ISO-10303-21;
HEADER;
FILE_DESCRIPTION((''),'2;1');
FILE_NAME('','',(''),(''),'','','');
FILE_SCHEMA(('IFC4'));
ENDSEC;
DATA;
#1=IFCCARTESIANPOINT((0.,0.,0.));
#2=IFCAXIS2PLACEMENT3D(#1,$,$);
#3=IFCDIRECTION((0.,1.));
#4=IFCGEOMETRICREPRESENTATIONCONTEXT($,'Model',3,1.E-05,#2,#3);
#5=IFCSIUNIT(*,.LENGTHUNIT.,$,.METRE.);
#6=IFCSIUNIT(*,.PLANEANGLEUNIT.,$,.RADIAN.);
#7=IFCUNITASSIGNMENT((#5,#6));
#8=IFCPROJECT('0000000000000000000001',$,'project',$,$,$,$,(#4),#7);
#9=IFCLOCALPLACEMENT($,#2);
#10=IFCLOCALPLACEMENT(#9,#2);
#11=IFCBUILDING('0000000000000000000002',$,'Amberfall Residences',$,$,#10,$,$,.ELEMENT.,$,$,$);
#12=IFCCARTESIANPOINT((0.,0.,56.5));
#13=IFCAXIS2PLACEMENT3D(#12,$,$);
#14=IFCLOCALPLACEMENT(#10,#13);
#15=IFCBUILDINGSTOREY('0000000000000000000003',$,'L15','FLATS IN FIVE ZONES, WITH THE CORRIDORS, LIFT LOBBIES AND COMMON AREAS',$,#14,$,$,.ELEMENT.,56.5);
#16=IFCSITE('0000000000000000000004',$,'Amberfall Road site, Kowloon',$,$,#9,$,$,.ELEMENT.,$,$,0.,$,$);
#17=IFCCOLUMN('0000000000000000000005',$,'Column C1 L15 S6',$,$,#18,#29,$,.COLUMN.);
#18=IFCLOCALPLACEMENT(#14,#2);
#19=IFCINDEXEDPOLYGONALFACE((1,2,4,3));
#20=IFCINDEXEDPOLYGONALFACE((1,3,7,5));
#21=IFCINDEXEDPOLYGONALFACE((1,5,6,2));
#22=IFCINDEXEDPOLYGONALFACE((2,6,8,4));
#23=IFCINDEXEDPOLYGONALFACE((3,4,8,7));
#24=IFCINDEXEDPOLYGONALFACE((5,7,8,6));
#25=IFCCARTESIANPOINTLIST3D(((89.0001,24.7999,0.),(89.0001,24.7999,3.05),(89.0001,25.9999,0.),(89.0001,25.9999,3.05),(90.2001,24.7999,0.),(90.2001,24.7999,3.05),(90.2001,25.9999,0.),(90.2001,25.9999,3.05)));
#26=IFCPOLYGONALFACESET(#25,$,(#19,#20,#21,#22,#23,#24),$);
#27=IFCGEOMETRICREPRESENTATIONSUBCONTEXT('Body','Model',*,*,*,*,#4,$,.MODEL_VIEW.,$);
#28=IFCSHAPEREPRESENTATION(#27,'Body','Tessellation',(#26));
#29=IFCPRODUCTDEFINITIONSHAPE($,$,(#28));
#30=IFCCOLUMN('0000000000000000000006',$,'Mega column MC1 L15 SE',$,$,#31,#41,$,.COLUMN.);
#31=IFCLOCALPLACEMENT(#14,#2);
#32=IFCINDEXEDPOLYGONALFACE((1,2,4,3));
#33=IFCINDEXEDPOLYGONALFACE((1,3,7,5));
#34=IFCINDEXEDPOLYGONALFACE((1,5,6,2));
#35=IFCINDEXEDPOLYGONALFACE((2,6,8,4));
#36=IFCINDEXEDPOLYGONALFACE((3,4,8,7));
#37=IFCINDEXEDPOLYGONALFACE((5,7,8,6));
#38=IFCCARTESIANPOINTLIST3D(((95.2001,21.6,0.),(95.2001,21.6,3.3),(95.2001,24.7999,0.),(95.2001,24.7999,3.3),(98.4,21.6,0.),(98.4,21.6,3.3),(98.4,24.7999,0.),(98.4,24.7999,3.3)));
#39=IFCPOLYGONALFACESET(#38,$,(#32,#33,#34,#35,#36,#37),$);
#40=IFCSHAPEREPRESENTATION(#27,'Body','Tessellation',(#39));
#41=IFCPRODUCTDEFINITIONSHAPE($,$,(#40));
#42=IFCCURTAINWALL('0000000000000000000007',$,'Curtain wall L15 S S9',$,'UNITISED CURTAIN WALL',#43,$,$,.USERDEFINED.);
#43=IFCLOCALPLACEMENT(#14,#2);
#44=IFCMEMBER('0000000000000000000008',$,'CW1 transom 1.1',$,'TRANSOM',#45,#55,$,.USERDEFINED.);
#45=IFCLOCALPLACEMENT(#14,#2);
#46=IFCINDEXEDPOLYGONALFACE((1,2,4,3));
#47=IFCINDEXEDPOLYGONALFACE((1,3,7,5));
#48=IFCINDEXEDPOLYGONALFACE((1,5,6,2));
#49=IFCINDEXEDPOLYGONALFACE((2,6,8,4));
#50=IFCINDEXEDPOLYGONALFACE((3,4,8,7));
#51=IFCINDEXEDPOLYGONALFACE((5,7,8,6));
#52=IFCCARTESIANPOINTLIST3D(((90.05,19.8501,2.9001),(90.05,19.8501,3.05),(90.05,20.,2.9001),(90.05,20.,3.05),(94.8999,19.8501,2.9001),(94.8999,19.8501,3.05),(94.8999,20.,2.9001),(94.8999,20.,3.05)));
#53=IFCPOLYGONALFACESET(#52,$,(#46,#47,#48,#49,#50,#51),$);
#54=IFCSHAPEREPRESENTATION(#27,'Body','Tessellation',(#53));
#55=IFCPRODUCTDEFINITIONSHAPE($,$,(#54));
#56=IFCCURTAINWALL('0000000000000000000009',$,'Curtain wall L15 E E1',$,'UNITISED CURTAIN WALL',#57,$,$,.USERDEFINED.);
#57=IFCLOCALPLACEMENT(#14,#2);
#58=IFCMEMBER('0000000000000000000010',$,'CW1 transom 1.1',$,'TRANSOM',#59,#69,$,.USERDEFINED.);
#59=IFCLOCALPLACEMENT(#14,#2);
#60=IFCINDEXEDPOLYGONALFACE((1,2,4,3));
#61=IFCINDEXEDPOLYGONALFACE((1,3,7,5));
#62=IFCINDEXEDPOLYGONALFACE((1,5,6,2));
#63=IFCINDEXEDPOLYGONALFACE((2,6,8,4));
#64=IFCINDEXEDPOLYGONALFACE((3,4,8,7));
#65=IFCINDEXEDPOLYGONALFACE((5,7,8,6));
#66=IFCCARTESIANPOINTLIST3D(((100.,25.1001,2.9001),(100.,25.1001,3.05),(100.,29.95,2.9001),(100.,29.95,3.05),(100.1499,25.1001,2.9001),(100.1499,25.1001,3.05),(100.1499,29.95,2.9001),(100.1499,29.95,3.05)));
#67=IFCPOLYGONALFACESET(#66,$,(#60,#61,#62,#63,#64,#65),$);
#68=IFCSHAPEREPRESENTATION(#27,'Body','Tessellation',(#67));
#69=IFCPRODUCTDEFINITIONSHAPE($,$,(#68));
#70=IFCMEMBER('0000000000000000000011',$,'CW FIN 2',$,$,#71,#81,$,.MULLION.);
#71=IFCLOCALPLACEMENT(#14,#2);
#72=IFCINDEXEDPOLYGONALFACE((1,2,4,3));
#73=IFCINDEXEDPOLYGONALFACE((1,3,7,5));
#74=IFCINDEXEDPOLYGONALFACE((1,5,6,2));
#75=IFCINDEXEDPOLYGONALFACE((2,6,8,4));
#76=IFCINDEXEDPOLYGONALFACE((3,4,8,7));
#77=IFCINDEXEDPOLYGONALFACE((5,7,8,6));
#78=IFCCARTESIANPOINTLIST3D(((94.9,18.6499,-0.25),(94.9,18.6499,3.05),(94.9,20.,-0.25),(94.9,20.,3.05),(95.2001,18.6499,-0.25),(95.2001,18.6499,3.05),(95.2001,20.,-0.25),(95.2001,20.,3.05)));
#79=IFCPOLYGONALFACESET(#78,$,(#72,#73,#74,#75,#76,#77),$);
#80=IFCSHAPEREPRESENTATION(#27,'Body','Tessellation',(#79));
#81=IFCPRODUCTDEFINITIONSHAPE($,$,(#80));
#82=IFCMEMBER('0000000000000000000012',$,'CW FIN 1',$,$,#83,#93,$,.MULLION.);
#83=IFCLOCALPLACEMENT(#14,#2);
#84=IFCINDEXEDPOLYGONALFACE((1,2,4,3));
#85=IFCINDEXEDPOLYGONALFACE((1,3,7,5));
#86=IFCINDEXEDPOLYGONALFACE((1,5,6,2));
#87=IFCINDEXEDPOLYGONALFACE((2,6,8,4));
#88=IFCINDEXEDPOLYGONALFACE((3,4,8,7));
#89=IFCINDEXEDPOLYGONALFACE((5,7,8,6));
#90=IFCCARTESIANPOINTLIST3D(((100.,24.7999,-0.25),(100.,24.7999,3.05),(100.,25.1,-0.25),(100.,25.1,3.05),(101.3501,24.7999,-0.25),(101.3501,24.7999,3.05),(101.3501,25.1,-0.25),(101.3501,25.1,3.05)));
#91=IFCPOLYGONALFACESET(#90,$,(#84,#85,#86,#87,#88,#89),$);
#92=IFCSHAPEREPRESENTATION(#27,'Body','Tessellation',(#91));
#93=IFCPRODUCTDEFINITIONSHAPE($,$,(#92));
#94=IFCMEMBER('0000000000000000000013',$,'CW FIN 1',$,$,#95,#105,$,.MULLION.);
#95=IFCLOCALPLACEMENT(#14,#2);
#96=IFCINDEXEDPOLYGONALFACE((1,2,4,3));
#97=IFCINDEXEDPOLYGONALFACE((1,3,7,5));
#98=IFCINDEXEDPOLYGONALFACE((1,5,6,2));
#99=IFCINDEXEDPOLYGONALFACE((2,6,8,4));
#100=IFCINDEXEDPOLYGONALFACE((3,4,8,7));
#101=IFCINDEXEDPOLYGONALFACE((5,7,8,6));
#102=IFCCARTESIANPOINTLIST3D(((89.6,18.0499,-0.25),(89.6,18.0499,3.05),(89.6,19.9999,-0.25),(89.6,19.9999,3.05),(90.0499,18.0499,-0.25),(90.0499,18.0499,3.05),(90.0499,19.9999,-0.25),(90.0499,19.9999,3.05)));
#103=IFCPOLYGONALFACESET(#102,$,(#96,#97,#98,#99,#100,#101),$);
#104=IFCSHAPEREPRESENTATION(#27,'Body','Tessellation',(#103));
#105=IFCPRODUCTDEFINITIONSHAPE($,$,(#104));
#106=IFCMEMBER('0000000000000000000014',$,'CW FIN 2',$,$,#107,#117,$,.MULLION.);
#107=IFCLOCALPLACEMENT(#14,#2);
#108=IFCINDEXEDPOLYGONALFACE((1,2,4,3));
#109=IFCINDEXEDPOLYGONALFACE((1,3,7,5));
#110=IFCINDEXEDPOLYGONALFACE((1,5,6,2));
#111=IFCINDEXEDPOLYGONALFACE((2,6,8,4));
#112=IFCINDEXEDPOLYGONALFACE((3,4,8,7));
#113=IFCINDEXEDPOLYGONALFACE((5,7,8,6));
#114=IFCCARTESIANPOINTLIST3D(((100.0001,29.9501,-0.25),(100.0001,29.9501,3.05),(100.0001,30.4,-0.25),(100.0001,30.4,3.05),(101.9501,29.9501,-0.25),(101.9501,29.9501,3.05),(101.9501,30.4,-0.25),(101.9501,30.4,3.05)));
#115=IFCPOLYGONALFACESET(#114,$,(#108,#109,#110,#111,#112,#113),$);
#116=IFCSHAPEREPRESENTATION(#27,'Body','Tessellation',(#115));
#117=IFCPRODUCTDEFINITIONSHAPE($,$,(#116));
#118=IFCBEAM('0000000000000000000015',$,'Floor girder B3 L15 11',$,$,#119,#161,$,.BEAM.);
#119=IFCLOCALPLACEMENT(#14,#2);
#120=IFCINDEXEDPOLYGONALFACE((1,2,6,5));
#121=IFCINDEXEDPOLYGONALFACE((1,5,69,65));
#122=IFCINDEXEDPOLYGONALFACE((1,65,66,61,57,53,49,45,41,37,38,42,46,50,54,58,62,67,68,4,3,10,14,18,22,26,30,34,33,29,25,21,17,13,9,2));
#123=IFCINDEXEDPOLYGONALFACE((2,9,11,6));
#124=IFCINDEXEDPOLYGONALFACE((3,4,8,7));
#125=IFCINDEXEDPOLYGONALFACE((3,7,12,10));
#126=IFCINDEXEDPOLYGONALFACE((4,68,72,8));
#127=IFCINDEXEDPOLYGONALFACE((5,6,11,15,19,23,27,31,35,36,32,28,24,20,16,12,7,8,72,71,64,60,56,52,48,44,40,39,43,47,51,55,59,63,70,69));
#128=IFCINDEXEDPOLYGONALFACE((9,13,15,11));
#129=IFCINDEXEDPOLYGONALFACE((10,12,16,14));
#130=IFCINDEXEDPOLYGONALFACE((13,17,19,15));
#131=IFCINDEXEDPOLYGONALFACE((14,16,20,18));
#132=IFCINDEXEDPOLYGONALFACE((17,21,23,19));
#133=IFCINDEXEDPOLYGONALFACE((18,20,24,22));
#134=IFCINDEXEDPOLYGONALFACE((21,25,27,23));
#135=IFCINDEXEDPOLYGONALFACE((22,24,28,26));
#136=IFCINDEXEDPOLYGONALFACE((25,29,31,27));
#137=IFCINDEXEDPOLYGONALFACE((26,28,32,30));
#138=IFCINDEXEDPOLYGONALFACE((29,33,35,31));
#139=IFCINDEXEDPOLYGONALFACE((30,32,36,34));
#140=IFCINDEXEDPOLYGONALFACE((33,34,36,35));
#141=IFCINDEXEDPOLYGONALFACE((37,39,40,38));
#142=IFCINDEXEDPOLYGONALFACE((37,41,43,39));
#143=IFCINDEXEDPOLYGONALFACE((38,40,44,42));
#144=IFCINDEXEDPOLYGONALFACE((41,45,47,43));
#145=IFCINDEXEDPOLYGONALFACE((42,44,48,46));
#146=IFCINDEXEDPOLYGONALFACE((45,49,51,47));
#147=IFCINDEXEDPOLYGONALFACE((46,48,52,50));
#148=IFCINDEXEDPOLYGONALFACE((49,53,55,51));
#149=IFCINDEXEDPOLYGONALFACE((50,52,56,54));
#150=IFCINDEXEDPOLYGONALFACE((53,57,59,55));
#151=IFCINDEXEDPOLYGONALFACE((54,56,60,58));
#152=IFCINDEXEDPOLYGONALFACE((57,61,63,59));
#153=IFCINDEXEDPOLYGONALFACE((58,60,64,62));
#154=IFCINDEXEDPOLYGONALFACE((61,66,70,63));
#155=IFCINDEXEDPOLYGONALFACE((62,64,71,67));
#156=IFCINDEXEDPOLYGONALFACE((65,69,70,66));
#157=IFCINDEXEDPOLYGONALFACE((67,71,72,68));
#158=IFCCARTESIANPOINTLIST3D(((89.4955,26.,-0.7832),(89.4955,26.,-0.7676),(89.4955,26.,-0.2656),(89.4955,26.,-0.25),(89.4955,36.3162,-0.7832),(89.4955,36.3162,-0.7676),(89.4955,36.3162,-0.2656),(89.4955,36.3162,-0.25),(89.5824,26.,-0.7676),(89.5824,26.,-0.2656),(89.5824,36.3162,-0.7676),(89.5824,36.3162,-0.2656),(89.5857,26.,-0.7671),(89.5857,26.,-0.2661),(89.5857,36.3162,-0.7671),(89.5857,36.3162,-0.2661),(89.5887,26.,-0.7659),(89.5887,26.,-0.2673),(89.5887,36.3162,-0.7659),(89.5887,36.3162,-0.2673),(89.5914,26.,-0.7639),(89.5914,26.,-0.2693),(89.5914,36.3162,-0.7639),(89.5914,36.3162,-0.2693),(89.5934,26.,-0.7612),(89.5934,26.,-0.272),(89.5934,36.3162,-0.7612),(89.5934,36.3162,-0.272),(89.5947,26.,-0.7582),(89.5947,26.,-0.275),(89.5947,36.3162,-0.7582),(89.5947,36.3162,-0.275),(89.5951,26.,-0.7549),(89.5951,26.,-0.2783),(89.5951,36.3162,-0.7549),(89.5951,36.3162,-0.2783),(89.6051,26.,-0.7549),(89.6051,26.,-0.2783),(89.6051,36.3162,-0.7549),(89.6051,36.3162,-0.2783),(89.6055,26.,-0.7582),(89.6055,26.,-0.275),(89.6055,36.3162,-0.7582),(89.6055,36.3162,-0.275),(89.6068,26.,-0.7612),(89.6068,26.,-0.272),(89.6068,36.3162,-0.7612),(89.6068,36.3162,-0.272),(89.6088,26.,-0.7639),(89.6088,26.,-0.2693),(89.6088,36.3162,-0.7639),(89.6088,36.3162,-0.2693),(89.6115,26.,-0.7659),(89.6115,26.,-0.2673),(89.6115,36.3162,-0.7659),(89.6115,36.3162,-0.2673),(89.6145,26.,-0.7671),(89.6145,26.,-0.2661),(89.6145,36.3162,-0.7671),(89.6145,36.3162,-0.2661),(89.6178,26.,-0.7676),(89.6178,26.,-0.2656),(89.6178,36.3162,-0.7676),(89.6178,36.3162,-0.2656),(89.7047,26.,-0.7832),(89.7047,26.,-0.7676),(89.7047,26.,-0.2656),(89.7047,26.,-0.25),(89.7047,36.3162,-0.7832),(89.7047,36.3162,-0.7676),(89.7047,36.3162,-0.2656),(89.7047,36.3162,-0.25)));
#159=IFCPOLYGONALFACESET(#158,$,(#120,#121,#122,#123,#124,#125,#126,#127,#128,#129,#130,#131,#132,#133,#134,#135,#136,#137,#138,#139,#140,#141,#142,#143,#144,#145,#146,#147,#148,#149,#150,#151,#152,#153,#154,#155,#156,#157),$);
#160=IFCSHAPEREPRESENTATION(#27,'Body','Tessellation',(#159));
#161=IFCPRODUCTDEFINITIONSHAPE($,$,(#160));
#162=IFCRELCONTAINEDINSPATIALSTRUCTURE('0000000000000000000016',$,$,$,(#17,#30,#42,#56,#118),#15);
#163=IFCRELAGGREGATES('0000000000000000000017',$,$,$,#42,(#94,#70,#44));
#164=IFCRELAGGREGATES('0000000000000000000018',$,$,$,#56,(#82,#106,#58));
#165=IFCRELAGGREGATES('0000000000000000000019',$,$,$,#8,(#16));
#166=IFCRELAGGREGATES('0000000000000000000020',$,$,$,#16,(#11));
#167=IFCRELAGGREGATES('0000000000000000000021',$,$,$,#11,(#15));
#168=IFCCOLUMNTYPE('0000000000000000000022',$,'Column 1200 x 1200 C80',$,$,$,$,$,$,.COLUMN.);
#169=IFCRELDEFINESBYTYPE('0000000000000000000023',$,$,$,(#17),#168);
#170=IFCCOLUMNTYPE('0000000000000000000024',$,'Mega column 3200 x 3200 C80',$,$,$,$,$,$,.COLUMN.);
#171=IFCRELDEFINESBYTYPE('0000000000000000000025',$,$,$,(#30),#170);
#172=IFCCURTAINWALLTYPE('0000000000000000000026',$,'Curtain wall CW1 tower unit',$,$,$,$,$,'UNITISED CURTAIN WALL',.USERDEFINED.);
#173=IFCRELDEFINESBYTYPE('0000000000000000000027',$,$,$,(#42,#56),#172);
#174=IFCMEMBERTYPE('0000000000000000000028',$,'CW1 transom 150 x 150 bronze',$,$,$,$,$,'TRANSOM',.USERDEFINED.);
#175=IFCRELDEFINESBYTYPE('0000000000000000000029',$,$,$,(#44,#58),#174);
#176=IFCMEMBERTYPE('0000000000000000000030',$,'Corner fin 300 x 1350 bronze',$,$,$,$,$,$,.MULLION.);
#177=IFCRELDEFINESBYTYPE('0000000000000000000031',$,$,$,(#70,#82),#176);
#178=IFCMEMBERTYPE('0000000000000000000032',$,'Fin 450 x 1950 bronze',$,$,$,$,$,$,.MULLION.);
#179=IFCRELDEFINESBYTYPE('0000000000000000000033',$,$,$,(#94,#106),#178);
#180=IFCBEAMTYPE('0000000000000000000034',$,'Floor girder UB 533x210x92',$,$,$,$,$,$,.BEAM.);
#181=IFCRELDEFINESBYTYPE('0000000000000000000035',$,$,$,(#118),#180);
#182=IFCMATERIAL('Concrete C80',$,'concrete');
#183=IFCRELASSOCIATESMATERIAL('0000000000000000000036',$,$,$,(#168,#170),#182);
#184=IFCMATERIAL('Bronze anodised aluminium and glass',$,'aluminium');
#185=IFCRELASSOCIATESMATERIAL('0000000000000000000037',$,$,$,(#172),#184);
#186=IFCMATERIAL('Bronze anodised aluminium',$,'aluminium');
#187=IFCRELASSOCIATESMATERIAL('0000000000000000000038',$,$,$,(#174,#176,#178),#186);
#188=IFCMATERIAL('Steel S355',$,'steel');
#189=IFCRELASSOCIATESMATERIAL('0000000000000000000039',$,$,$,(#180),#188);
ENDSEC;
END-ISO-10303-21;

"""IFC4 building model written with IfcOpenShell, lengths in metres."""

from ifc_helpers import new_model, si_unit, direction, frame, origin, origin_2d, place, context, subcontext, project, spatial, rectangle, i_section, extrude, material, material_profile, profile_set, type_object, element, aggregate, save


model = new_model("IFC4")

# Units and contexts
model_context = context("Model", 3, precision=1e-05, world=origin(), true_north=direction((0.0, 1.0)))
body_context = subcontext(model_context, "Body", "Model", "MODEL_VIEW")
ifc_project = project(units=[si_unit("LENGTHUNIT", "METRE"), si_unit("PLANEANGLEUNIT", "RADIAN")], contexts=[model_context])

# Site, building, storey
site_placement = place(None, origin())
site = spatial("IfcSite", under=ifc_project, at=site_placement, Name="Amberfall Road site, Kowloon", CompositionType="ELEMENT", RefElevation=0.0)
building_placement = place(site_placement, origin())
building = spatial("IfcBuilding", under=site, at=building_placement, Name="Amberfall Residences", CompositionType="ELEMENT")
storey_placement = place(building_placement, frame((0.0, 0.0, 56.5)))
storey = spatial("IfcBuildingStorey", under=building, at=storey_placement, Name="L15", Description="FLATS IN FIVE ZONES, WITH THE CORRIDORS, LIFT LOBBIES AND COMMON AREAS", CompositionType="ELEMENT", Elevation=56.5)

# Columns
ifc_material_1 = material(Name="Concrete C80", Category="concrete")
ifc_material_profile_1 = material_profile(ifc_material_1, rectangle(XDim=1.2, YDim=1.2, at=origin_2d()), Name="Column 1200 x 1200 C80")
ifc_profile_set_1 = profile_set([ifc_material_profile_1], Name="Concrete C80")
column_type_1 = type_object("IfcColumnType", Name="Column 1200 x 1200 C80", PredefinedType="COLUMN", material=ifc_profile_set_1)
column_1_placement = place(storey_placement, frame((89.6001, 25.3999, 0.0), z_axis=(0.0, 0.0, 1.0), x_axis=(1.0, 0.0, 0.0)))
element("IfcColumn", 1, at=column_1_placement, inside=storey, type_object=column_type_1, Name="Column C1 L15 S6", PredefinedType="COLUMN", context=body_context, shape_type="SweptSolid", body=[
    extrude(rectangle(XDim=1.2, YDim=1.2, at=origin_2d()), origin(), (0.0, 0.0, 1.0), 3.05),
])
ifc_material_profile_2 = material_profile(ifc_material_1, rectangle(XDim=3.2, YDim=3.2, at=origin_2d()), Name="Mega column 3200 x 3200 C80")
ifc_profile_set_2 = profile_set([ifc_material_profile_2], Name="Concrete C80")
column_type_2 = type_object("IfcColumnType", Name="Mega column 3200 x 3200 C80", PredefinedType="COLUMN", material=ifc_profile_set_2)
column_2_placement = place(storey_placement, frame((96.8, 23.2, 0.0), z_axis=(0.0, 0.0, 1.0), x_axis=(1.0, 0.0, 0.0)))
element("IfcColumn", 2, at=column_2_placement, inside=storey, type_object=column_type_2, Name="Mega column MC1 L15 SE", PredefinedType="COLUMN", context=body_context, shape_type="SweptSolid", body=[
    extrude(rectangle(XDim=3.2, YDim=3.2, at=origin_2d()), origin(), (0.0, 0.0, 1.0), 3.3),
])

# Curtain walls, members
ifc_material_2 = material(Name="Bronze anodised aluminium and glass", Category="aluminium")
curtain_wall_type = type_object("IfcCurtainWallType", Name="Curtain wall CW1 tower unit", ElementType="UNITISED CURTAIN WALL", PredefinedType="USERDEFINED", material=ifc_material_2)
curtain_wall_1_placement = place(storey_placement, origin())
curtain_wall_1 = element("IfcCurtainWall", 3, at=curtain_wall_1_placement, inside=storey, type_object=curtain_wall_type, Name="Curtain wall L15 S S9", ObjectType="UNITISED CURTAIN WALL", PredefinedType="USERDEFINED")
ifc_material_3 = material(Name="Bronze anodised aluminium", Category="aluminium")
ifc_material_profile_3 = material_profile(ifc_material_3, rectangle(XDim=0.1499, YDim=0.1499, at=origin_2d()), Name="CW1 transom 150 x 150 bronze")
ifc_profile_set_3 = profile_set([ifc_material_profile_3], Name="Bronze anodised aluminium")
member_type_1 = type_object("IfcMemberType", Name="CW1 transom 150 x 150 bronze", ElementType="TRANSOM", PredefinedType="USERDEFINED", material=ifc_profile_set_3)
member_1_placement = place(storey_placement, frame((90.05, 19.925, 2.9751), z_axis=(1.0, 0.0, 0.0), x_axis=(0.0, 1.0, 0.0)))
member_1 = element("IfcMember", 4, at=member_1_placement, type_object=member_type_1, Name="CW1 transom 1.1", ObjectType="TRANSOM", PredefinedType="USERDEFINED", context=body_context, shape_type="SweptSolid", body=[
    extrude(rectangle(XDim=0.1499, YDim=0.1499, at=origin_2d()), origin(), (0.0, 0.0, 1.0), 4.8499),
])
curtain_wall_2_placement = place(storey_placement, origin())
curtain_wall_2 = element("IfcCurtainWall", 5, at=curtain_wall_2_placement, inside=storey, type_object=curtain_wall_type, Name="Curtain wall L15 E E1", ObjectType="UNITISED CURTAIN WALL", PredefinedType="USERDEFINED")
member_2_placement = place(storey_placement, frame((100.075, 25.1001, 2.9751), z_axis=(0.0, 1.0, 0.0), x_axis=(-1.0, 0.0, 0.0)))
member_2 = element("IfcMember", 6, at=member_2_placement, type_object=member_type_1, Name="CW1 transom 1.1", ObjectType="TRANSOM", PredefinedType="USERDEFINED", context=body_context, shape_type="SweptSolid", body=[
    extrude(rectangle(XDim=0.1499, YDim=0.1499, at=origin_2d()), origin(), (0.0, 0.0, 1.0), 4.8499),
])

# Members
ifc_material_profile_4 = material_profile(ifc_material_3, rectangle(XDim=1.3501, YDim=0.3, at=origin_2d()), Name="Corner fin 300 x 1350 bronze")
ifc_profile_set_4 = profile_set([ifc_material_profile_4], Name="Bronze anodised aluminium")
member_type_2 = type_object("IfcMemberType", Name="Corner fin 300 x 1350 bronze", PredefinedType="MULLION", material=ifc_profile_set_4)
member_3_placement = place(storey_placement, frame((95.05, 19.325, -0.25), z_axis=(0.0, 0.0, 1.0), x_axis=(0.0, 1.0, 0.0)))
member_3 = element("IfcMember", 7, at=member_3_placement, type_object=member_type_2, Name="CW FIN 2", PredefinedType="MULLION", context=body_context, shape_type="SweptSolid", body=[
    extrude(rectangle(XDim=1.3501, YDim=0.3, at=origin_2d()), origin(), (0.0, 0.0, 1.0), 3.3),
])
member_4_placement = place(storey_placement, frame((100.675, 24.95, -0.25), z_axis=(0.0, 0.0, 1.0), x_axis=(-1.0, 0.0, 0.0)))
member_4 = element("IfcMember", 8, at=member_4_placement, type_object=member_type_2, Name="CW FIN 1", PredefinedType="MULLION", context=body_context, shape_type="SweptSolid", body=[
    extrude(rectangle(XDim=1.3501, YDim=0.3, at=origin_2d()), origin(), (0.0, 0.0, 1.0), 3.3),
])
ifc_material_profile_5 = material_profile(ifc_material_3, rectangle(XDim=1.95, YDim=0.45, at=origin_2d()), Name="Fin 450 x 1950 bronze")
ifc_profile_set_5 = profile_set([ifc_material_profile_5], Name="Bronze anodised aluminium")
member_type_3 = type_object("IfcMemberType", Name="Fin 450 x 1950 bronze", PredefinedType="MULLION", material=ifc_profile_set_5)
member_5_placement = place(storey_placement, frame((89.825, 19.0249, -0.25), z_axis=(0.0, 0.0, 1.0), x_axis=(0.0, 1.0, 0.0)))
member_5 = element("IfcMember", 9, at=member_5_placement, type_object=member_type_3, Name="CW FIN 1", PredefinedType="MULLION", context=body_context, shape_type="SweptSolid", body=[
    extrude(rectangle(XDim=1.95, YDim=0.45, at=origin_2d()), origin(), (0.0, 0.0, 1.0), 3.3),
])
member_6_placement = place(storey_placement, frame((100.9751, 30.175, -0.25), z_axis=(0.0, 0.0, 1.0), x_axis=(-1.0, 0.0, 0.0)))
member_6 = element("IfcMember", 10, at=member_6_placement, type_object=member_type_3, Name="CW FIN 2", PredefinedType="MULLION", context=body_context, shape_type="SweptSolid", body=[
    extrude(rectangle(XDim=1.95, YDim=0.45, at=origin_2d()), origin(), (0.0, 0.0, 1.0), 3.3),
])

# Beam
ifc_material_4 = material(Name="Steel S355", Category="steel")
ifc_material_profile_6 = material_profile(ifc_material_4, i_section(OverallWidth=0.2092, OverallDepth=0.5332, WebThickness=0.01, FlangeThickness=0.0156, FilletRadius=0.0127, at=origin_2d()), Name="UB 533x210x92")
ifc_profile_set_6 = profile_set([ifc_material_profile_6], Name="Steel S355")
beam_type_1 = type_object("IfcBeamType", Name="Floor girder UB 533x210x92", PredefinedType="BEAM", material=ifc_profile_set_6)
beam_1_placement = place(storey_placement, frame((89.6001, 26.0, -0.5166), z_axis=(0.0, 1.0, 0.0), x_axis=(-1.0, 0.0, 0.0)))
element("IfcBeam", 11, at=beam_1_placement, inside=storey, type_object=beam_type_1, Name="Floor girder B3 L15 11", PredefinedType="BEAM", context=body_context, shape_type="SweptSolid", body=[
    extrude(i_section(OverallWidth=0.2092, OverallDepth=0.5332, WebThickness=0.01, FlangeThickness=0.0156, FilletRadius=0.0127, at=origin_2d()), origin(), (0.0, 0.0, 1.0), 10.3162),
])

aggregate(curtain_wall_1, [member_5, member_3, member_1])
aggregate(curtain_wall_2, [member_4, member_6, member_2])

save(model, "model.ifc")
